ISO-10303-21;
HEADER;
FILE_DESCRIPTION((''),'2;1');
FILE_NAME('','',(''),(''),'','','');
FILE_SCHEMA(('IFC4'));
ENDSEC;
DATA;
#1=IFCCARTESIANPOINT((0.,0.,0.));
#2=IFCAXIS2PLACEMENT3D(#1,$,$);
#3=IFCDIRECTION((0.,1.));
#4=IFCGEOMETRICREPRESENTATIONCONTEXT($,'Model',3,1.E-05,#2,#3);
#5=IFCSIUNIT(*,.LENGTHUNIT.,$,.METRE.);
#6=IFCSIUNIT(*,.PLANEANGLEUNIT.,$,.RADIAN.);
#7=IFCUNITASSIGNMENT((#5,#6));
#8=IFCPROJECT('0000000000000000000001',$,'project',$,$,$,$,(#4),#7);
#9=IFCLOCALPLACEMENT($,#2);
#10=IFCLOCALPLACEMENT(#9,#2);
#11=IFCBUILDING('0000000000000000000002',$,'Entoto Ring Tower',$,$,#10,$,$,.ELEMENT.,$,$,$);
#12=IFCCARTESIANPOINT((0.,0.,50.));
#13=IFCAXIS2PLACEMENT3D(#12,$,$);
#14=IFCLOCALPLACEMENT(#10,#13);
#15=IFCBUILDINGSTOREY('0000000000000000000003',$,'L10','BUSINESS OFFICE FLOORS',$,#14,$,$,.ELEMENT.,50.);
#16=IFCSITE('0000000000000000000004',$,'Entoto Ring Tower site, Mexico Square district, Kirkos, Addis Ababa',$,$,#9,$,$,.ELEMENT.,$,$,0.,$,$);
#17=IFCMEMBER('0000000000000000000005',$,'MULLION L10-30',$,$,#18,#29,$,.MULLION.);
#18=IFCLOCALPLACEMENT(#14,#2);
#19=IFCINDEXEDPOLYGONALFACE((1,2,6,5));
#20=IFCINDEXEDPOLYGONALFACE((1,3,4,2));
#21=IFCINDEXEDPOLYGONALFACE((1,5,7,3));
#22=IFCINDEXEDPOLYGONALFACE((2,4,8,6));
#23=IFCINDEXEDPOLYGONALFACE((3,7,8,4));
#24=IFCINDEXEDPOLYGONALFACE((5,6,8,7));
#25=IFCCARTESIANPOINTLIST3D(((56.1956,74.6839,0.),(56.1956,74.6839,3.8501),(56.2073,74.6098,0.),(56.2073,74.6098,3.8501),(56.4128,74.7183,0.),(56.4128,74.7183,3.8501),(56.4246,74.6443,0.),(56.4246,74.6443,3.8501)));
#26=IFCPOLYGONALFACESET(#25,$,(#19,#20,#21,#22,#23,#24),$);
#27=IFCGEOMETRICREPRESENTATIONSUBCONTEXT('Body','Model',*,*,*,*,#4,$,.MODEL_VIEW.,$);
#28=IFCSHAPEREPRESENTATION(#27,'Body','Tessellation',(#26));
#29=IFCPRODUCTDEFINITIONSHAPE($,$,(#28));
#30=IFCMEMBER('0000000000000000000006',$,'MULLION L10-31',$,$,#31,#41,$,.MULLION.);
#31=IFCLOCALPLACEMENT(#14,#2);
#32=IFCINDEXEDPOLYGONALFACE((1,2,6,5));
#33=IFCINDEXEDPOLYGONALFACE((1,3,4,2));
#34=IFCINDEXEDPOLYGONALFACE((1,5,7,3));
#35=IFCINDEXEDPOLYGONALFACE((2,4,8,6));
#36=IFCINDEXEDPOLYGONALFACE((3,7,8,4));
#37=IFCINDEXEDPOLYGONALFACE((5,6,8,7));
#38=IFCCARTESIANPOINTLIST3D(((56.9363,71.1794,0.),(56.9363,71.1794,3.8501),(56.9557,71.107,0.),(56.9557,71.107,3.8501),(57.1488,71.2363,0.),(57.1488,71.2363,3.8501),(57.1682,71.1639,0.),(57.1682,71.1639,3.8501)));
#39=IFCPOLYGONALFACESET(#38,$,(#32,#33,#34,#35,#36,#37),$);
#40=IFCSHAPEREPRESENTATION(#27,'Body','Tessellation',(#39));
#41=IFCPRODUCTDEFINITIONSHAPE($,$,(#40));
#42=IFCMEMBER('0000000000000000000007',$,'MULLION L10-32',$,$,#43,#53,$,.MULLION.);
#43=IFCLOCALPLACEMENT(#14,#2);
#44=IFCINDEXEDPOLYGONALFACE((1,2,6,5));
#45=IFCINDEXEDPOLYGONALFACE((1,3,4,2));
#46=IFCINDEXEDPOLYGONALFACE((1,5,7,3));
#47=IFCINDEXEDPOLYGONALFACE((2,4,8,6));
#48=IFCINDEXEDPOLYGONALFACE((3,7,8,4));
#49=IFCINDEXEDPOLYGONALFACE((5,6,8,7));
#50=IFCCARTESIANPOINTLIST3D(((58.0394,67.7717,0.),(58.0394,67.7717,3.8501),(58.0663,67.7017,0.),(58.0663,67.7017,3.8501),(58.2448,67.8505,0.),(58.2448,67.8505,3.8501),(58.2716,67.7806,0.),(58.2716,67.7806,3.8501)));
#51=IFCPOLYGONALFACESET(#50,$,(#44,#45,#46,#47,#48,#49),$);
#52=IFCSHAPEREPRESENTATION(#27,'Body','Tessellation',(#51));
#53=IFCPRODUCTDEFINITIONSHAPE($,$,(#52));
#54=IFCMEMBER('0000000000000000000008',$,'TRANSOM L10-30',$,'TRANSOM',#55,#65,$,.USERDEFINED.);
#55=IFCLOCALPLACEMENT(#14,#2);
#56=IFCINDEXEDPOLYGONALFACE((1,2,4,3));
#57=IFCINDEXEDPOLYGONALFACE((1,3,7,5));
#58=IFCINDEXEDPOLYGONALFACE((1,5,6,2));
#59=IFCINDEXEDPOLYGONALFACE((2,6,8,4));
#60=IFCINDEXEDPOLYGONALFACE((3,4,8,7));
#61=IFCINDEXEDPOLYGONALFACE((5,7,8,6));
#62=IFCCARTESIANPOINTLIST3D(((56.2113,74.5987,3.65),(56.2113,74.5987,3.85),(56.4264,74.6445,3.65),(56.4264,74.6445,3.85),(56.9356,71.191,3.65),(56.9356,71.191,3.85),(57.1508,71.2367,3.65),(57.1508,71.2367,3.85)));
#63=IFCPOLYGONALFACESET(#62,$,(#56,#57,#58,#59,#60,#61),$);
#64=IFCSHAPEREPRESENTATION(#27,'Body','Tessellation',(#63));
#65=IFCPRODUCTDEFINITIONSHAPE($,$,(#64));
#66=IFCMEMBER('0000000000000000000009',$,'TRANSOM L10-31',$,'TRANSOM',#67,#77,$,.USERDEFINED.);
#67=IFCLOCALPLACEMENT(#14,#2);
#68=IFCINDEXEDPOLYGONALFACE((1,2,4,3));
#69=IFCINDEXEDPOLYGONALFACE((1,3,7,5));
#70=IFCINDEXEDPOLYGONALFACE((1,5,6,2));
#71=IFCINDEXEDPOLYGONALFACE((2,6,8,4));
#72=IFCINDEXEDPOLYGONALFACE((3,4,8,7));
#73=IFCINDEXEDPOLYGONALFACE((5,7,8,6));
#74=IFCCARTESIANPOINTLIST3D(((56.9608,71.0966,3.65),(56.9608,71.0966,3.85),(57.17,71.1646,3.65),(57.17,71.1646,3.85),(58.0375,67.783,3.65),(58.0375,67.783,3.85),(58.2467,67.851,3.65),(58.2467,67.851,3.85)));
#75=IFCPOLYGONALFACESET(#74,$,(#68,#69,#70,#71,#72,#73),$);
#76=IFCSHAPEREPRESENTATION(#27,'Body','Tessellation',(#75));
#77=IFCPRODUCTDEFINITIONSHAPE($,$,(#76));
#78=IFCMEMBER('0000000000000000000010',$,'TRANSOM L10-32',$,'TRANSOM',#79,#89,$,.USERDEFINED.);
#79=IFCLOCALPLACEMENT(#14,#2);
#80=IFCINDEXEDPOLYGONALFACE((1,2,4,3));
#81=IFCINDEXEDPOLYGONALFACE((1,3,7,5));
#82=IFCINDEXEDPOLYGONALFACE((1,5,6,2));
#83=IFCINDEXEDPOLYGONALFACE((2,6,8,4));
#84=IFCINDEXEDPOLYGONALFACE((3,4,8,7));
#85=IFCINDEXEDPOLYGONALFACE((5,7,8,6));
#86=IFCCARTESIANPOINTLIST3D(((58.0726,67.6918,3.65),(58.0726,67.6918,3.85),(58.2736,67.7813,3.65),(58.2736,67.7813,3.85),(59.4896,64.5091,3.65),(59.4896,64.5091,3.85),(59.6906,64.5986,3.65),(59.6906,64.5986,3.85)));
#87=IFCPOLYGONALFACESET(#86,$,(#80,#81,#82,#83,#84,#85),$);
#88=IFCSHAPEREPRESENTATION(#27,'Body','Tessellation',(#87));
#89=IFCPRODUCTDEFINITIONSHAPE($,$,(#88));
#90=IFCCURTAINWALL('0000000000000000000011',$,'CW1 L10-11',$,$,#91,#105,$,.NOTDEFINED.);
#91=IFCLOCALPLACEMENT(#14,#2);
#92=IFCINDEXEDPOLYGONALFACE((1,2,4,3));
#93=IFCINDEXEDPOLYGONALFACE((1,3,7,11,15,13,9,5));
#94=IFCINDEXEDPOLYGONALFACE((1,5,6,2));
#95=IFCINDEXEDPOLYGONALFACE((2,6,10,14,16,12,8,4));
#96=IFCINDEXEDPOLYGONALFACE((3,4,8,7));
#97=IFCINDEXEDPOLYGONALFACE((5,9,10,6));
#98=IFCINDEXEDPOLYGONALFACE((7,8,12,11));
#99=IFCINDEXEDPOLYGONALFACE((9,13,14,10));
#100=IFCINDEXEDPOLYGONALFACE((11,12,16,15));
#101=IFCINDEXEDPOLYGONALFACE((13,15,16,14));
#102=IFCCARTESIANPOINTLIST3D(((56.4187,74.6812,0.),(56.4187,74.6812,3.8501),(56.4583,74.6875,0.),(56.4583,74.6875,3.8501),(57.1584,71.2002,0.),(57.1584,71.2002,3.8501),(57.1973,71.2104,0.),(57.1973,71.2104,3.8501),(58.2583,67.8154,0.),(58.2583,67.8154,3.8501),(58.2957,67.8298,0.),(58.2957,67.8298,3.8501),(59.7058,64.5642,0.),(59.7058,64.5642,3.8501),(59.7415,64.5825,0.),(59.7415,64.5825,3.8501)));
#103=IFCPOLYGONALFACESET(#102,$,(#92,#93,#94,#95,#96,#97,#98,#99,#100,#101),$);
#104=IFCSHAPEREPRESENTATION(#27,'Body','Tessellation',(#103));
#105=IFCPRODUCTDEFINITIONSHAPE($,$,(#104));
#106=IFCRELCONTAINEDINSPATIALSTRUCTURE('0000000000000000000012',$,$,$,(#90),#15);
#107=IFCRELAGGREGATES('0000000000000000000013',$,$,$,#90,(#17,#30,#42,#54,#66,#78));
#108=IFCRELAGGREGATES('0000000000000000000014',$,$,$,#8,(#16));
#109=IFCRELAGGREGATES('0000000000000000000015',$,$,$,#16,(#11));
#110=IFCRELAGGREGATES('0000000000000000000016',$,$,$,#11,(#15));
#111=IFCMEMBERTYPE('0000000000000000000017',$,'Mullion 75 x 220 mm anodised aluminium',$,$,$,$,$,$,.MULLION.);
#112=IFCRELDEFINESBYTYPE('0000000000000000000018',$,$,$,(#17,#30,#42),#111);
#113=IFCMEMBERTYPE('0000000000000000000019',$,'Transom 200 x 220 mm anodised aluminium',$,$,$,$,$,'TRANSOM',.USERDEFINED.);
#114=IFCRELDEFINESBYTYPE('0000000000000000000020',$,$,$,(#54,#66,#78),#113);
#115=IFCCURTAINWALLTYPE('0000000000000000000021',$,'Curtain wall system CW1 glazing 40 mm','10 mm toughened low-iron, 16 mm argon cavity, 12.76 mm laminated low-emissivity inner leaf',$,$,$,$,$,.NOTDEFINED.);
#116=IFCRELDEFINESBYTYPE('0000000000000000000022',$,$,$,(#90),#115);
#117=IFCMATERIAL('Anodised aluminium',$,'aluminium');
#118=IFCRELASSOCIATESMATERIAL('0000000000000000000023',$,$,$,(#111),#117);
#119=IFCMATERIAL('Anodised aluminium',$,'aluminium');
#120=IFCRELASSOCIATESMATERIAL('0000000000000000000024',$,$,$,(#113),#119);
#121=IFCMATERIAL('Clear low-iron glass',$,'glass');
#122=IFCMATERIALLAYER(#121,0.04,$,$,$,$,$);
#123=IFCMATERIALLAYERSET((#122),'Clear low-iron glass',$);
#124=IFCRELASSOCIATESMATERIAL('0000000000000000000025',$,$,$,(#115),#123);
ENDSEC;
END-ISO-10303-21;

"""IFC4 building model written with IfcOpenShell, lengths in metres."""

from ifc_helpers import new_model, si_unit, direction, frame, origin, origin_2d, place, context, subcontext, project, spatial, polyline, rectangle, outline, extrude, material, layer, layer_set, material_profile, profile_set, type_object, element, aggregate, save


model = new_model("IFC4")

# Units and contexts
model_context = context("Model", 3, precision=1e-05, world=origin(), true_north=direction((0.0, 1.0)))
body_context = subcontext(model_context, "Body", "Model", "MODEL_VIEW")
ifc_project = project(units=[si_unit("LENGTHUNIT", "METRE"), si_unit("PLANEANGLEUNIT", "RADIAN")], contexts=[model_context])

# Members
ifc_material_1 = material(Name="Anodised aluminium", Category="aluminium")
ifc_material_profile_1 = material_profile(ifc_material_1, rectangle(XDim=0.075, YDim=0.22, at=origin_2d()), Name="Mullion 75 x 220 mm anodised aluminium")
ifc_profile_set_1 = profile_set([ifc_material_profile_1], Name="Anodised aluminium")
member_type_1 = type_object("IfcMemberType", Name="Mullion 75 x 220 mm anodised aluminium", PredefinedType="MULLION", material=ifc_profile_set_1)
site_placement = place(None, origin())
building_placement = place(site_placement, origin())
storey_placement = place(building_placement, frame((0.0, 0.0, 50.0)))
member_1_placement = place(storey_placement, frame((56.3101, 74.6641, 0.0), z_axis=(0.0, 0.0, 1.0), x_axis=(0.156434, -0.987688, 0.0)))
member_1 = element("IfcMember", 1, at=member_1_placement, type_object=member_type_1, Name="MULLION L10-30", PredefinedType="MULLION", context=body_context, shape_type="SweptSolid", body=[
    extrude(rectangle(XDim=0.075, YDim=0.22, at=origin_2d()), origin(), (0.0, 0.0, 1.0), 3.8501),
])
member_2_placement = place(storey_placement, frame((57.0522, 71.1716, 0.0), z_axis=(0.0, 0.0, 1.0), x_axis=(0.258819, -0.965926, 0.0)))
member_2 = element("IfcMember", 2, at=member_2_placement, type_object=member_type_1, Name="MULLION L10-31", PredefinedType="MULLION", context=body_context, shape_type="SweptSolid", body=[
    extrude(rectangle(XDim=0.075, YDim=0.22, at=origin_2d()), origin(), (0.0, 0.0, 1.0), 3.8501),
])
member_3_placement = place(storey_placement, frame((58.1555, 67.7761, 0.0), z_axis=(0.0, 0.0, 1.0), x_axis=(0.358368, -0.93358, 0.0)))
member_3 = element("IfcMember", 3, at=member_3_placement, type_object=member_type_1, Name="MULLION L10-32", PredefinedType="MULLION", context=body_context, shape_type="SweptSolid", body=[
    extrude(rectangle(XDim=0.075, YDim=0.22, at=origin_2d()), origin(), (0.0, 0.0, 1.0), 3.8501),
])
ifc_material_2 = material(Name="Anodised aluminium", Category="aluminium")
ifc_material_profile_2 = material_profile(ifc_material_2, rectangle(XDim=0.22, YDim=0.2, at=origin_2d()), Name="Transom 200 x 220 mm anodised aluminium")
ifc_profile_set_2 = profile_set([ifc_material_profile_2], Name="Anodised aluminium")
member_type_2 = type_object("IfcMemberType", Name="Transom 200 x 220 mm anodised aluminium", ElementType="TRANSOM", PredefinedType="USERDEFINED", material=ifc_profile_set_2)
member_4_placement = place(storey_placement, frame((56.3188, 74.6216, 3.75), z_axis=(0.207921, -0.978146, 0.0), x_axis=(0.978146, 0.207921, 0.0)))
member_4 = element("IfcMember", 4, at=member_4_placement, type_object=member_type_2, Name="TRANSOM L10-30", ObjectType="TRANSOM", PredefinedType="USERDEFINED", context=body_context, shape_type="SweptSolid", body=[
    extrude(rectangle(XDim=0.22, YDim=0.2, at=origin_2d()), origin(), (0.0, 0.0, 1.0), 3.4839),
])
member_5_placement = place(storey_placement, frame((57.0654, 71.1306, 3.75), z_axis=(0.309029, -0.951053, 0.0), x_axis=(0.951053, 0.309029, 0.0)))
member_5 = element("IfcMember", 5, at=member_5_placement, type_object=member_type_2, Name="TRANSOM L10-31", ObjectType="TRANSOM", PredefinedType="USERDEFINED", context=body_context, shape_type="SweptSolid", body=[
    extrude(rectangle(XDim=0.22, YDim=0.2, at=origin_2d()), origin(), (0.0, 0.0, 1.0), 3.4841),
])
member_6_placement = place(storey_placement, frame((58.1731, 67.7366, 3.75), z_axis=(0.406737, -0.913545, 0.0), x_axis=(0.913545, 0.406737, 0.0)))
member_6 = element("IfcMember", 6, at=member_6_placement, type_object=member_type_2, Name="TRANSOM L10-32", ObjectType="TRANSOM", PredefinedType="USERDEFINED", context=body_context, shape_type="SweptSolid", body=[
    extrude(rectangle(XDim=0.22, YDim=0.2, at=origin_2d()), origin(), (0.0, 0.0, 1.0), 3.4839),
])

# Site, building, storey
site = spatial("IfcSite", under=ifc_project, at=site_placement, Name="Entoto Ring Tower site, Mexico Square district, Kirkos, Addis Ababa", CompositionType="ELEMENT", RefElevation=0.0)
building = spatial("IfcBuilding", under=site, at=building_placement, Name="Entoto Ring Tower", CompositionType="ELEMENT")
storey = spatial("IfcBuildingStorey", under=building, at=storey_placement, Name="L10", Description="BUSINESS OFFICE FLOORS", CompositionType="ELEMENT", Elevation=50.0)

# Curtain wall
ifc_material_3 = material(Name="Clear low-iron glass", Category="glass")
ifc_layer = layer(ifc_material_3, 0.04)
ifc_layer_set = layer_set([ifc_layer], Name="Clear low-iron glass")
curtain_wall_type = type_object("IfcCurtainWallType", Name="Curtain wall system CW1 glazing 40 mm", Description="10 mm toughened low-iron, 16 mm argon cavity, 12.76 mm laminated low-emissivity inner leaf", PredefinedType="NOTDEFINED", material=ifc_layer_set)
curtain_wall_1_placement = place(storey_placement, origin())
curtain_wall_1 = element("IfcCurtainWall", 7, at=curtain_wall_1_placement, inside=storey, type_object=curtain_wall_type, Name="CW1 L10-11", PredefinedType="NOTDEFINED", context=body_context, shape_type="SweptSolid", body=[
    extrude(outline(polyline([(56.4187, 74.6812), (57.1584, 71.2002), (58.2583, 67.8154), (59.7058, 64.5642), (59.7415, 64.5825), (58.2957, 67.8298), (57.1973, 71.2104), (56.4583, 74.6875), (56.4187, 74.6812)])), origin(), (0.0, 0.0, 1.0), 3.8501),
])
aggregate(curtain_wall_1, [member_1, member_2, member_3, member_4, member_5, member_6])

save(model, "model.ifc")
